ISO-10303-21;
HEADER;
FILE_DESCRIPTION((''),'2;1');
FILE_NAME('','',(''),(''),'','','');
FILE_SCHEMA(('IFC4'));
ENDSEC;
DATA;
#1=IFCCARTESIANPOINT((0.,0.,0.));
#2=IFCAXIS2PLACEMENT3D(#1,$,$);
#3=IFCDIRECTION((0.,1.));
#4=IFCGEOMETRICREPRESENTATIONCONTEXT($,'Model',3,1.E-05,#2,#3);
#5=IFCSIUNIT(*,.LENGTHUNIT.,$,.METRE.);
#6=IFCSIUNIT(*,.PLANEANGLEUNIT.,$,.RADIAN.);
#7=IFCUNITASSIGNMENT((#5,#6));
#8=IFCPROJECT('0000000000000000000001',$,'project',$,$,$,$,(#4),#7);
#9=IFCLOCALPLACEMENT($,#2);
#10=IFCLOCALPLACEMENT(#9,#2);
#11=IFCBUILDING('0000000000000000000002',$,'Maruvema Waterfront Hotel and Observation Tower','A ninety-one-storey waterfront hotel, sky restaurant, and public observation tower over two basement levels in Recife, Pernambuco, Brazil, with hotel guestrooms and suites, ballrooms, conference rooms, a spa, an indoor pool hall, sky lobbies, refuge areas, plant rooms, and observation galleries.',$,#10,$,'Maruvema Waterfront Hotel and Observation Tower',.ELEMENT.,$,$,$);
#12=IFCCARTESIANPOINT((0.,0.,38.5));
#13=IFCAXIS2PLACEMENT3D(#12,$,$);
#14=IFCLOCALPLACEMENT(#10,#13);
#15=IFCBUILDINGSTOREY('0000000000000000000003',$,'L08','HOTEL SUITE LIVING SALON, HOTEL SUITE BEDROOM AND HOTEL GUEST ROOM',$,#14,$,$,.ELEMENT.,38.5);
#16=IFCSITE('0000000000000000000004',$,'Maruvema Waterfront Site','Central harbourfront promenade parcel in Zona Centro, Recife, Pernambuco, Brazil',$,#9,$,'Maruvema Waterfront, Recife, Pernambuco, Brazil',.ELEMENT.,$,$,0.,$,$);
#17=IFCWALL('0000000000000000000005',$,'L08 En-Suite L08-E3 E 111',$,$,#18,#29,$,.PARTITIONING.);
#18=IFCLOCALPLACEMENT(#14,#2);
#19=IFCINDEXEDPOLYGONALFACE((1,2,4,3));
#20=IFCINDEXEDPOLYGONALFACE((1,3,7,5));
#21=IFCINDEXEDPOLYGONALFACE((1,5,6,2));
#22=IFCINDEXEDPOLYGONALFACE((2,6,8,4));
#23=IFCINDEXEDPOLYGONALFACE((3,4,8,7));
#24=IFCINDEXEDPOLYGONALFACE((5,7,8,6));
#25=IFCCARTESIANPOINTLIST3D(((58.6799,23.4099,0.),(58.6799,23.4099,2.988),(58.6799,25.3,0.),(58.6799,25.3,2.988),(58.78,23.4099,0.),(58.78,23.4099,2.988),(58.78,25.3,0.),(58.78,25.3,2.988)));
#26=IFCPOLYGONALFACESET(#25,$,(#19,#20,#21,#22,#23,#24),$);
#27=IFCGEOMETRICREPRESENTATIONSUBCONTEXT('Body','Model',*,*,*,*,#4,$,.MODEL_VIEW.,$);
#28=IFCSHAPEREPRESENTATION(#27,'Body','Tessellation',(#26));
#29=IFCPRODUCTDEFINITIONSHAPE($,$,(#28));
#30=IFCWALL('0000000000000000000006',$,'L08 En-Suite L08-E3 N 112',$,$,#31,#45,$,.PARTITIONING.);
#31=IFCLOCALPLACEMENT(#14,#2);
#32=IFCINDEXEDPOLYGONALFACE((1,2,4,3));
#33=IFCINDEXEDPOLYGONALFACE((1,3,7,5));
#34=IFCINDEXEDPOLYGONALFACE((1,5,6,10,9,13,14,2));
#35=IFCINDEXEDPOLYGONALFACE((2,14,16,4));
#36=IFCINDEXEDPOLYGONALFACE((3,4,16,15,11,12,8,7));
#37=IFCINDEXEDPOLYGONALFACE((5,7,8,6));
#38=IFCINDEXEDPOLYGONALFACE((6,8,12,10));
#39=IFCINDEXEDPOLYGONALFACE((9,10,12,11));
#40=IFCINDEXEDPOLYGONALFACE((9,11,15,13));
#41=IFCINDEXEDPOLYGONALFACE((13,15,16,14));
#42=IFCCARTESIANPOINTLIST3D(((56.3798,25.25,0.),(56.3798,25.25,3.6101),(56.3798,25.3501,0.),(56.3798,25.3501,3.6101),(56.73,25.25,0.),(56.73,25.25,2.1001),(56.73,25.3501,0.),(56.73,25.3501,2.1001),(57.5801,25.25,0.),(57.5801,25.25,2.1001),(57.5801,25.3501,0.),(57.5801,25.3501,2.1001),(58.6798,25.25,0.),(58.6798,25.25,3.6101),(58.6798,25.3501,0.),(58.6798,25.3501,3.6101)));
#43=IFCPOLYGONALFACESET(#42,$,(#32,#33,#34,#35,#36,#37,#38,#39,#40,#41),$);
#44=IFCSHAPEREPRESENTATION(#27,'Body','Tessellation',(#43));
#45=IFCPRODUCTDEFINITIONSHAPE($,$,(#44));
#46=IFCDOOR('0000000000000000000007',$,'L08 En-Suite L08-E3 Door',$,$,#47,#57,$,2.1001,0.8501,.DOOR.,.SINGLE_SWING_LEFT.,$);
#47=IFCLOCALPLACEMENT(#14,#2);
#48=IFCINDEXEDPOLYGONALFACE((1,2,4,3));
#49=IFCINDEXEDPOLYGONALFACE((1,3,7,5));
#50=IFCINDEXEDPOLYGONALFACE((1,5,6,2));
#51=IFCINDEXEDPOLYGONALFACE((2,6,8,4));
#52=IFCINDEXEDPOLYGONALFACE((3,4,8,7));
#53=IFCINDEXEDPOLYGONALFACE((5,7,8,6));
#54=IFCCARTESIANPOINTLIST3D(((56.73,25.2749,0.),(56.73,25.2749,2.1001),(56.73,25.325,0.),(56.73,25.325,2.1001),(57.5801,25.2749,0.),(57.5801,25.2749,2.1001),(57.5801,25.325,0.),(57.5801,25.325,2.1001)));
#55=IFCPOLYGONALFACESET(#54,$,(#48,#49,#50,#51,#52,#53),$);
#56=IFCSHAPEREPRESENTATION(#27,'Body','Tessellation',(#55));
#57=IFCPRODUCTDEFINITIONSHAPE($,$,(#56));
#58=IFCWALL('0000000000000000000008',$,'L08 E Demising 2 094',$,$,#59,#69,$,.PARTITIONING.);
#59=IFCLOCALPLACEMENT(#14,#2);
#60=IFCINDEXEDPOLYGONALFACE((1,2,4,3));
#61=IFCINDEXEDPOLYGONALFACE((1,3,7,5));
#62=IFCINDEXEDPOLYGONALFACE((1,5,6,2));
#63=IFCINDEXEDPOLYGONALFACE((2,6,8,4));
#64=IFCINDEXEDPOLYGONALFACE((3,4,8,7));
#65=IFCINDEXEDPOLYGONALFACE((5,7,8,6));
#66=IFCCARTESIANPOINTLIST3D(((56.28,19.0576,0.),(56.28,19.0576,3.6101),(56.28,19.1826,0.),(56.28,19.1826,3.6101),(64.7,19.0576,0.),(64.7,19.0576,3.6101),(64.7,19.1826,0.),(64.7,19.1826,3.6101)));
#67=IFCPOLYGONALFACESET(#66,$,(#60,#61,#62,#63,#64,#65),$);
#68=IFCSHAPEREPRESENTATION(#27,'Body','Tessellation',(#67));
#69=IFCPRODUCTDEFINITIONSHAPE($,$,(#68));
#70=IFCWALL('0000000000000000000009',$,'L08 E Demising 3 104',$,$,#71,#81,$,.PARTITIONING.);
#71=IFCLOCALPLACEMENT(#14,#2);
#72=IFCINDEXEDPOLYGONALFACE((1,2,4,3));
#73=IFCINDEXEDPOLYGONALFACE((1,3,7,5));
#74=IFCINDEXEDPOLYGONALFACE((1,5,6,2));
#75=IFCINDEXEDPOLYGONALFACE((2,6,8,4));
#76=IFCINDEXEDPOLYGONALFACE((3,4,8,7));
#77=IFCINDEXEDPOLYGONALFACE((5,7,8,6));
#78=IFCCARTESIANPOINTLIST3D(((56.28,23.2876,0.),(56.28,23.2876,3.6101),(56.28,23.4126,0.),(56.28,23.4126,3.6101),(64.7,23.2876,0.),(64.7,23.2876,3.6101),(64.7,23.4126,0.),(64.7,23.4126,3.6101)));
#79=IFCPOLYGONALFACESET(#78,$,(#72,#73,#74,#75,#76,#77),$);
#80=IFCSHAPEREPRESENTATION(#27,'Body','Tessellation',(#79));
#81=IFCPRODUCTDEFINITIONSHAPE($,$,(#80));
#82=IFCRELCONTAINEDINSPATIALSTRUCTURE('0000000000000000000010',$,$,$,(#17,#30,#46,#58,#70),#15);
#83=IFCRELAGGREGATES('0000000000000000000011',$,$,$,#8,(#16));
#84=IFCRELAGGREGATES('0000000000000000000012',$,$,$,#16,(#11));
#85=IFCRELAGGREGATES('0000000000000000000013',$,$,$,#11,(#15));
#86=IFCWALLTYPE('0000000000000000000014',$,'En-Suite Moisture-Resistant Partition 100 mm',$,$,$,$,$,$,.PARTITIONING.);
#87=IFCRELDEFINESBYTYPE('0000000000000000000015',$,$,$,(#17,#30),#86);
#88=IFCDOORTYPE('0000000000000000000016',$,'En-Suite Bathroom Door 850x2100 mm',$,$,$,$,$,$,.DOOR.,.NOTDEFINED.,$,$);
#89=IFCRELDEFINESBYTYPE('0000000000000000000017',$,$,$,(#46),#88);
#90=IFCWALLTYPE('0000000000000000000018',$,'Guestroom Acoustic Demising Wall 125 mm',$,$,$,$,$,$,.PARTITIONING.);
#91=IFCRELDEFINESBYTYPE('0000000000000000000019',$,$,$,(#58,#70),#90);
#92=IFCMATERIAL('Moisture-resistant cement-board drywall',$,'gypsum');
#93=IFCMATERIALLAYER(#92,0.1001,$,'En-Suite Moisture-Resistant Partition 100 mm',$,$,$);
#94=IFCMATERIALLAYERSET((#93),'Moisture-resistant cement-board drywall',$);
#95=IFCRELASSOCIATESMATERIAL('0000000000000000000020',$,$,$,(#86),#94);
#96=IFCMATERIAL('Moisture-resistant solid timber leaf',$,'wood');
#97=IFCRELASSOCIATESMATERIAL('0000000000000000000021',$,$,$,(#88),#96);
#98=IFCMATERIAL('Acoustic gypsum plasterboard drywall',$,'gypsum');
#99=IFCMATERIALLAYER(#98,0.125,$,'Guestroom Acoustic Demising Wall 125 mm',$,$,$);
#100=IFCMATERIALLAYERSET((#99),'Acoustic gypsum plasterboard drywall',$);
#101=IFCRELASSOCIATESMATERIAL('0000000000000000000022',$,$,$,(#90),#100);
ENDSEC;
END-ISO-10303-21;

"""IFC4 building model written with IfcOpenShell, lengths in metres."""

from ifc_helpers import new_model, si_unit, direction, frame, frame_2d, origin, place, context, subcontext, project, spatial, rectangle, extrude, material, layer, layer_set, type_object, element, fill, save


model = new_model("IFC4")

# Units and contexts
model_context = context("Model", 3, precision=1e-05, world=origin(), true_north=direction((0.0, 1.0)))
body_context = subcontext(model_context, "Body", "Model", "MODEL_VIEW")
ifc_project = project(units=[si_unit("LENGTHUNIT", "METRE"), si_unit("PLANEANGLEUNIT", "RADIAN")], contexts=[model_context])

# Site, building, storey
site_placement = place(None, origin())
site = spatial("IfcSite", under=ifc_project, at=site_placement, Name="Maruvema Waterfront Site", Description="Central harbourfront promenade parcel in Zona Centro, Recife, Pernambuco, Brazil", LongName="Maruvema Waterfront, Recife, Pernambuco, Brazil", CompositionType="ELEMENT", RefElevation=0.0)
building_placement = place(site_placement, origin())
building = spatial("IfcBuilding", under=site, at=building_placement, Name="Maruvema Waterfront Hotel and Observation Tower", Description="A ninety-one-storey waterfront hotel, sky restaurant, and public observation tower over two basement levels in Recife, Pernambuco, Brazil, with hotel guestrooms and suites, ballrooms, conference rooms, a spa, an indoor pool hall, sky lobbies, refuge areas, plant rooms, and observation galleries.", LongName="Maruvema Waterfront Hotel and Observation Tower", CompositionType="ELEMENT")
storey_placement = place(building_placement, frame((0.0, 0.0, 38.5)))
storey = spatial("IfcBuildingStorey", under=building, at=storey_placement, Name="L08", Description="HOTEL SUITE LIVING SALON, HOTEL SUITE BEDROOM AND HOTEL GUEST ROOM", CompositionType="ELEMENT", Elevation=38.5)

# Shared definitions
ifc_material_1 = material(Name="Moisture-resistant cement-board drywall", Category="gypsum")
ifc_layer_1 = layer(ifc_material_1, 0.1001, Name="En-Suite Moisture-Resistant Partition 100 mm")
ifc_layer_set_1 = layer_set([ifc_layer_1], Name="Moisture-resistant cement-board drywall")
wall_type_1 = type_object("IfcWallType", Name="En-Suite Moisture-Resistant Partition 100 mm", PredefinedType="PARTITIONING", material=ifc_layer_set_1)
ifc_material_2 = material(Name="Moisture-resistant solid timber leaf", Category="wood")
door_type_1 = type_object("IfcDoorType", Name="En-Suite Bathroom Door 850x2100 mm", OperationType="NOTDEFINED", PredefinedType="DOOR", material=ifc_material_2)

# Wall
wall_1_placement = place(storey_placement, frame((58.73, 23.4099, 0.0), z_axis=(0.0, 0.0, 1.0), x_axis=(0.0, 1.0, 0.0)))
element("IfcWall", 1, at=wall_1_placement, inside=storey, type_object=wall_type_1, Name="L08 En-Suite L08-E3 E 111", PredefinedType="PARTITIONING", context=body_context, shape_type="SweptSolid", body=[
    extrude(rectangle(XDim=1.8901, YDim=0.1001, at=frame_2d((0.9451, 0.0))), origin(), (0.0, 0.0, 1.0), 2.988),
])

# Wall, opening, door
wall_2_placement = place(storey_placement, frame((56.3799, 25.3, 0.0), z_axis=(0.0, 0.0, 1.0), x_axis=(1.0, 0.0, 0.0)))
wall_2 = element("IfcWall", 2, at=wall_2_placement, inside=storey, type_object=wall_type_1, Name="L08 En-Suite L08-E3 N 112", PredefinedType="PARTITIONING", context=body_context, shape_type="SweptSolid", body=[
    extrude(rectangle(XDim=2.3, YDim=0.1001, at=frame_2d((1.1499, 0.0))), origin(), (0.0, 0.0, 1.0), 3.6101),
])
opening_1_placement = place(wall_2_placement, frame((0.3501, 0.0, 0.0)))
opening_1 = element("IfcOpeningElement", 3, at=opening_1_placement, cuts=wall_2, PredefinedType="OPENING", context=body_context, shape_type="SweptSolid", body=[
    extrude(rectangle(XDim=0.8501, YDim=2.1001, at=frame_2d((0.425, 1.05))), frame((0.0, 0.0601, 0.0), z_axis=(0.0, -1.0, 0.0), x_axis=(1.0, 0.0, 0.0)), (0.0, 0.0, 1.0), 0.1201),
])
door_1_placement = place(opening_1_placement, origin())
door_1 = element("IfcDoor", 4, at=door_1_placement, inside=storey, type_object=door_type_1, Name="L08 En-Suite L08-E3 Door", OperationType="SINGLE_SWING_LEFT", OverallHeight=2.1001, OverallWidth=0.8501, PredefinedType="DOOR", context=body_context, shape_type="SweptSolid", body=[
    extrude(rectangle(XDim=0.8501, YDim=2.1001, at=frame_2d((0.425, 1.05))), frame((0.0, 0.0249, 0.0), z_axis=(0.0, -1.0, 0.0), x_axis=(1.0, 0.0, 0.0)), (0.0, 0.0, 1.0), 0.05),
])
fill(opening_1, door_1)

# Walls
ifc_material_3 = material(Name="Acoustic gypsum plasterboard drywall", Category="gypsum")
ifc_layer_2 = layer(ifc_material_3, 0.125, Name="Guestroom Acoustic Demising Wall 125 mm")
ifc_layer_set_2 = layer_set([ifc_layer_2], Name="Acoustic gypsum plasterboard drywall")
wall_type_2 = type_object("IfcWallType", Name="Guestroom Acoustic Demising Wall 125 mm", PredefinedType="PARTITIONING", material=ifc_layer_set_2)
for number, where, z_axis, x_axis, name in (
    (5, (56.28, 19.1201, 0.0), (0.0, 0.0, 1.0), (1.0, 0.0, 0.0), "L08 E Demising 2 094"),
    (6, (56.28, 23.3501, 0.0), (0.0, 0.0, 1.0), (1.0, 0.0, 0.0), "L08 E Demising 3 104"),
):
    element("IfcWall", number, at=place(storey_placement, frame(where, z_axis=z_axis, x_axis=x_axis)), inside=storey, type_object=wall_type_2, Name=name, PredefinedType="PARTITIONING", context=body_context, shape_type="SweptSolid", body=[
        extrude(rectangle(XDim=8.4199, YDim=0.125, at=frame_2d((4.21, 0.0))), origin(), (0.0, 0.0, 1.0), 3.6101),
    ])

save(model, "model.ifc")
